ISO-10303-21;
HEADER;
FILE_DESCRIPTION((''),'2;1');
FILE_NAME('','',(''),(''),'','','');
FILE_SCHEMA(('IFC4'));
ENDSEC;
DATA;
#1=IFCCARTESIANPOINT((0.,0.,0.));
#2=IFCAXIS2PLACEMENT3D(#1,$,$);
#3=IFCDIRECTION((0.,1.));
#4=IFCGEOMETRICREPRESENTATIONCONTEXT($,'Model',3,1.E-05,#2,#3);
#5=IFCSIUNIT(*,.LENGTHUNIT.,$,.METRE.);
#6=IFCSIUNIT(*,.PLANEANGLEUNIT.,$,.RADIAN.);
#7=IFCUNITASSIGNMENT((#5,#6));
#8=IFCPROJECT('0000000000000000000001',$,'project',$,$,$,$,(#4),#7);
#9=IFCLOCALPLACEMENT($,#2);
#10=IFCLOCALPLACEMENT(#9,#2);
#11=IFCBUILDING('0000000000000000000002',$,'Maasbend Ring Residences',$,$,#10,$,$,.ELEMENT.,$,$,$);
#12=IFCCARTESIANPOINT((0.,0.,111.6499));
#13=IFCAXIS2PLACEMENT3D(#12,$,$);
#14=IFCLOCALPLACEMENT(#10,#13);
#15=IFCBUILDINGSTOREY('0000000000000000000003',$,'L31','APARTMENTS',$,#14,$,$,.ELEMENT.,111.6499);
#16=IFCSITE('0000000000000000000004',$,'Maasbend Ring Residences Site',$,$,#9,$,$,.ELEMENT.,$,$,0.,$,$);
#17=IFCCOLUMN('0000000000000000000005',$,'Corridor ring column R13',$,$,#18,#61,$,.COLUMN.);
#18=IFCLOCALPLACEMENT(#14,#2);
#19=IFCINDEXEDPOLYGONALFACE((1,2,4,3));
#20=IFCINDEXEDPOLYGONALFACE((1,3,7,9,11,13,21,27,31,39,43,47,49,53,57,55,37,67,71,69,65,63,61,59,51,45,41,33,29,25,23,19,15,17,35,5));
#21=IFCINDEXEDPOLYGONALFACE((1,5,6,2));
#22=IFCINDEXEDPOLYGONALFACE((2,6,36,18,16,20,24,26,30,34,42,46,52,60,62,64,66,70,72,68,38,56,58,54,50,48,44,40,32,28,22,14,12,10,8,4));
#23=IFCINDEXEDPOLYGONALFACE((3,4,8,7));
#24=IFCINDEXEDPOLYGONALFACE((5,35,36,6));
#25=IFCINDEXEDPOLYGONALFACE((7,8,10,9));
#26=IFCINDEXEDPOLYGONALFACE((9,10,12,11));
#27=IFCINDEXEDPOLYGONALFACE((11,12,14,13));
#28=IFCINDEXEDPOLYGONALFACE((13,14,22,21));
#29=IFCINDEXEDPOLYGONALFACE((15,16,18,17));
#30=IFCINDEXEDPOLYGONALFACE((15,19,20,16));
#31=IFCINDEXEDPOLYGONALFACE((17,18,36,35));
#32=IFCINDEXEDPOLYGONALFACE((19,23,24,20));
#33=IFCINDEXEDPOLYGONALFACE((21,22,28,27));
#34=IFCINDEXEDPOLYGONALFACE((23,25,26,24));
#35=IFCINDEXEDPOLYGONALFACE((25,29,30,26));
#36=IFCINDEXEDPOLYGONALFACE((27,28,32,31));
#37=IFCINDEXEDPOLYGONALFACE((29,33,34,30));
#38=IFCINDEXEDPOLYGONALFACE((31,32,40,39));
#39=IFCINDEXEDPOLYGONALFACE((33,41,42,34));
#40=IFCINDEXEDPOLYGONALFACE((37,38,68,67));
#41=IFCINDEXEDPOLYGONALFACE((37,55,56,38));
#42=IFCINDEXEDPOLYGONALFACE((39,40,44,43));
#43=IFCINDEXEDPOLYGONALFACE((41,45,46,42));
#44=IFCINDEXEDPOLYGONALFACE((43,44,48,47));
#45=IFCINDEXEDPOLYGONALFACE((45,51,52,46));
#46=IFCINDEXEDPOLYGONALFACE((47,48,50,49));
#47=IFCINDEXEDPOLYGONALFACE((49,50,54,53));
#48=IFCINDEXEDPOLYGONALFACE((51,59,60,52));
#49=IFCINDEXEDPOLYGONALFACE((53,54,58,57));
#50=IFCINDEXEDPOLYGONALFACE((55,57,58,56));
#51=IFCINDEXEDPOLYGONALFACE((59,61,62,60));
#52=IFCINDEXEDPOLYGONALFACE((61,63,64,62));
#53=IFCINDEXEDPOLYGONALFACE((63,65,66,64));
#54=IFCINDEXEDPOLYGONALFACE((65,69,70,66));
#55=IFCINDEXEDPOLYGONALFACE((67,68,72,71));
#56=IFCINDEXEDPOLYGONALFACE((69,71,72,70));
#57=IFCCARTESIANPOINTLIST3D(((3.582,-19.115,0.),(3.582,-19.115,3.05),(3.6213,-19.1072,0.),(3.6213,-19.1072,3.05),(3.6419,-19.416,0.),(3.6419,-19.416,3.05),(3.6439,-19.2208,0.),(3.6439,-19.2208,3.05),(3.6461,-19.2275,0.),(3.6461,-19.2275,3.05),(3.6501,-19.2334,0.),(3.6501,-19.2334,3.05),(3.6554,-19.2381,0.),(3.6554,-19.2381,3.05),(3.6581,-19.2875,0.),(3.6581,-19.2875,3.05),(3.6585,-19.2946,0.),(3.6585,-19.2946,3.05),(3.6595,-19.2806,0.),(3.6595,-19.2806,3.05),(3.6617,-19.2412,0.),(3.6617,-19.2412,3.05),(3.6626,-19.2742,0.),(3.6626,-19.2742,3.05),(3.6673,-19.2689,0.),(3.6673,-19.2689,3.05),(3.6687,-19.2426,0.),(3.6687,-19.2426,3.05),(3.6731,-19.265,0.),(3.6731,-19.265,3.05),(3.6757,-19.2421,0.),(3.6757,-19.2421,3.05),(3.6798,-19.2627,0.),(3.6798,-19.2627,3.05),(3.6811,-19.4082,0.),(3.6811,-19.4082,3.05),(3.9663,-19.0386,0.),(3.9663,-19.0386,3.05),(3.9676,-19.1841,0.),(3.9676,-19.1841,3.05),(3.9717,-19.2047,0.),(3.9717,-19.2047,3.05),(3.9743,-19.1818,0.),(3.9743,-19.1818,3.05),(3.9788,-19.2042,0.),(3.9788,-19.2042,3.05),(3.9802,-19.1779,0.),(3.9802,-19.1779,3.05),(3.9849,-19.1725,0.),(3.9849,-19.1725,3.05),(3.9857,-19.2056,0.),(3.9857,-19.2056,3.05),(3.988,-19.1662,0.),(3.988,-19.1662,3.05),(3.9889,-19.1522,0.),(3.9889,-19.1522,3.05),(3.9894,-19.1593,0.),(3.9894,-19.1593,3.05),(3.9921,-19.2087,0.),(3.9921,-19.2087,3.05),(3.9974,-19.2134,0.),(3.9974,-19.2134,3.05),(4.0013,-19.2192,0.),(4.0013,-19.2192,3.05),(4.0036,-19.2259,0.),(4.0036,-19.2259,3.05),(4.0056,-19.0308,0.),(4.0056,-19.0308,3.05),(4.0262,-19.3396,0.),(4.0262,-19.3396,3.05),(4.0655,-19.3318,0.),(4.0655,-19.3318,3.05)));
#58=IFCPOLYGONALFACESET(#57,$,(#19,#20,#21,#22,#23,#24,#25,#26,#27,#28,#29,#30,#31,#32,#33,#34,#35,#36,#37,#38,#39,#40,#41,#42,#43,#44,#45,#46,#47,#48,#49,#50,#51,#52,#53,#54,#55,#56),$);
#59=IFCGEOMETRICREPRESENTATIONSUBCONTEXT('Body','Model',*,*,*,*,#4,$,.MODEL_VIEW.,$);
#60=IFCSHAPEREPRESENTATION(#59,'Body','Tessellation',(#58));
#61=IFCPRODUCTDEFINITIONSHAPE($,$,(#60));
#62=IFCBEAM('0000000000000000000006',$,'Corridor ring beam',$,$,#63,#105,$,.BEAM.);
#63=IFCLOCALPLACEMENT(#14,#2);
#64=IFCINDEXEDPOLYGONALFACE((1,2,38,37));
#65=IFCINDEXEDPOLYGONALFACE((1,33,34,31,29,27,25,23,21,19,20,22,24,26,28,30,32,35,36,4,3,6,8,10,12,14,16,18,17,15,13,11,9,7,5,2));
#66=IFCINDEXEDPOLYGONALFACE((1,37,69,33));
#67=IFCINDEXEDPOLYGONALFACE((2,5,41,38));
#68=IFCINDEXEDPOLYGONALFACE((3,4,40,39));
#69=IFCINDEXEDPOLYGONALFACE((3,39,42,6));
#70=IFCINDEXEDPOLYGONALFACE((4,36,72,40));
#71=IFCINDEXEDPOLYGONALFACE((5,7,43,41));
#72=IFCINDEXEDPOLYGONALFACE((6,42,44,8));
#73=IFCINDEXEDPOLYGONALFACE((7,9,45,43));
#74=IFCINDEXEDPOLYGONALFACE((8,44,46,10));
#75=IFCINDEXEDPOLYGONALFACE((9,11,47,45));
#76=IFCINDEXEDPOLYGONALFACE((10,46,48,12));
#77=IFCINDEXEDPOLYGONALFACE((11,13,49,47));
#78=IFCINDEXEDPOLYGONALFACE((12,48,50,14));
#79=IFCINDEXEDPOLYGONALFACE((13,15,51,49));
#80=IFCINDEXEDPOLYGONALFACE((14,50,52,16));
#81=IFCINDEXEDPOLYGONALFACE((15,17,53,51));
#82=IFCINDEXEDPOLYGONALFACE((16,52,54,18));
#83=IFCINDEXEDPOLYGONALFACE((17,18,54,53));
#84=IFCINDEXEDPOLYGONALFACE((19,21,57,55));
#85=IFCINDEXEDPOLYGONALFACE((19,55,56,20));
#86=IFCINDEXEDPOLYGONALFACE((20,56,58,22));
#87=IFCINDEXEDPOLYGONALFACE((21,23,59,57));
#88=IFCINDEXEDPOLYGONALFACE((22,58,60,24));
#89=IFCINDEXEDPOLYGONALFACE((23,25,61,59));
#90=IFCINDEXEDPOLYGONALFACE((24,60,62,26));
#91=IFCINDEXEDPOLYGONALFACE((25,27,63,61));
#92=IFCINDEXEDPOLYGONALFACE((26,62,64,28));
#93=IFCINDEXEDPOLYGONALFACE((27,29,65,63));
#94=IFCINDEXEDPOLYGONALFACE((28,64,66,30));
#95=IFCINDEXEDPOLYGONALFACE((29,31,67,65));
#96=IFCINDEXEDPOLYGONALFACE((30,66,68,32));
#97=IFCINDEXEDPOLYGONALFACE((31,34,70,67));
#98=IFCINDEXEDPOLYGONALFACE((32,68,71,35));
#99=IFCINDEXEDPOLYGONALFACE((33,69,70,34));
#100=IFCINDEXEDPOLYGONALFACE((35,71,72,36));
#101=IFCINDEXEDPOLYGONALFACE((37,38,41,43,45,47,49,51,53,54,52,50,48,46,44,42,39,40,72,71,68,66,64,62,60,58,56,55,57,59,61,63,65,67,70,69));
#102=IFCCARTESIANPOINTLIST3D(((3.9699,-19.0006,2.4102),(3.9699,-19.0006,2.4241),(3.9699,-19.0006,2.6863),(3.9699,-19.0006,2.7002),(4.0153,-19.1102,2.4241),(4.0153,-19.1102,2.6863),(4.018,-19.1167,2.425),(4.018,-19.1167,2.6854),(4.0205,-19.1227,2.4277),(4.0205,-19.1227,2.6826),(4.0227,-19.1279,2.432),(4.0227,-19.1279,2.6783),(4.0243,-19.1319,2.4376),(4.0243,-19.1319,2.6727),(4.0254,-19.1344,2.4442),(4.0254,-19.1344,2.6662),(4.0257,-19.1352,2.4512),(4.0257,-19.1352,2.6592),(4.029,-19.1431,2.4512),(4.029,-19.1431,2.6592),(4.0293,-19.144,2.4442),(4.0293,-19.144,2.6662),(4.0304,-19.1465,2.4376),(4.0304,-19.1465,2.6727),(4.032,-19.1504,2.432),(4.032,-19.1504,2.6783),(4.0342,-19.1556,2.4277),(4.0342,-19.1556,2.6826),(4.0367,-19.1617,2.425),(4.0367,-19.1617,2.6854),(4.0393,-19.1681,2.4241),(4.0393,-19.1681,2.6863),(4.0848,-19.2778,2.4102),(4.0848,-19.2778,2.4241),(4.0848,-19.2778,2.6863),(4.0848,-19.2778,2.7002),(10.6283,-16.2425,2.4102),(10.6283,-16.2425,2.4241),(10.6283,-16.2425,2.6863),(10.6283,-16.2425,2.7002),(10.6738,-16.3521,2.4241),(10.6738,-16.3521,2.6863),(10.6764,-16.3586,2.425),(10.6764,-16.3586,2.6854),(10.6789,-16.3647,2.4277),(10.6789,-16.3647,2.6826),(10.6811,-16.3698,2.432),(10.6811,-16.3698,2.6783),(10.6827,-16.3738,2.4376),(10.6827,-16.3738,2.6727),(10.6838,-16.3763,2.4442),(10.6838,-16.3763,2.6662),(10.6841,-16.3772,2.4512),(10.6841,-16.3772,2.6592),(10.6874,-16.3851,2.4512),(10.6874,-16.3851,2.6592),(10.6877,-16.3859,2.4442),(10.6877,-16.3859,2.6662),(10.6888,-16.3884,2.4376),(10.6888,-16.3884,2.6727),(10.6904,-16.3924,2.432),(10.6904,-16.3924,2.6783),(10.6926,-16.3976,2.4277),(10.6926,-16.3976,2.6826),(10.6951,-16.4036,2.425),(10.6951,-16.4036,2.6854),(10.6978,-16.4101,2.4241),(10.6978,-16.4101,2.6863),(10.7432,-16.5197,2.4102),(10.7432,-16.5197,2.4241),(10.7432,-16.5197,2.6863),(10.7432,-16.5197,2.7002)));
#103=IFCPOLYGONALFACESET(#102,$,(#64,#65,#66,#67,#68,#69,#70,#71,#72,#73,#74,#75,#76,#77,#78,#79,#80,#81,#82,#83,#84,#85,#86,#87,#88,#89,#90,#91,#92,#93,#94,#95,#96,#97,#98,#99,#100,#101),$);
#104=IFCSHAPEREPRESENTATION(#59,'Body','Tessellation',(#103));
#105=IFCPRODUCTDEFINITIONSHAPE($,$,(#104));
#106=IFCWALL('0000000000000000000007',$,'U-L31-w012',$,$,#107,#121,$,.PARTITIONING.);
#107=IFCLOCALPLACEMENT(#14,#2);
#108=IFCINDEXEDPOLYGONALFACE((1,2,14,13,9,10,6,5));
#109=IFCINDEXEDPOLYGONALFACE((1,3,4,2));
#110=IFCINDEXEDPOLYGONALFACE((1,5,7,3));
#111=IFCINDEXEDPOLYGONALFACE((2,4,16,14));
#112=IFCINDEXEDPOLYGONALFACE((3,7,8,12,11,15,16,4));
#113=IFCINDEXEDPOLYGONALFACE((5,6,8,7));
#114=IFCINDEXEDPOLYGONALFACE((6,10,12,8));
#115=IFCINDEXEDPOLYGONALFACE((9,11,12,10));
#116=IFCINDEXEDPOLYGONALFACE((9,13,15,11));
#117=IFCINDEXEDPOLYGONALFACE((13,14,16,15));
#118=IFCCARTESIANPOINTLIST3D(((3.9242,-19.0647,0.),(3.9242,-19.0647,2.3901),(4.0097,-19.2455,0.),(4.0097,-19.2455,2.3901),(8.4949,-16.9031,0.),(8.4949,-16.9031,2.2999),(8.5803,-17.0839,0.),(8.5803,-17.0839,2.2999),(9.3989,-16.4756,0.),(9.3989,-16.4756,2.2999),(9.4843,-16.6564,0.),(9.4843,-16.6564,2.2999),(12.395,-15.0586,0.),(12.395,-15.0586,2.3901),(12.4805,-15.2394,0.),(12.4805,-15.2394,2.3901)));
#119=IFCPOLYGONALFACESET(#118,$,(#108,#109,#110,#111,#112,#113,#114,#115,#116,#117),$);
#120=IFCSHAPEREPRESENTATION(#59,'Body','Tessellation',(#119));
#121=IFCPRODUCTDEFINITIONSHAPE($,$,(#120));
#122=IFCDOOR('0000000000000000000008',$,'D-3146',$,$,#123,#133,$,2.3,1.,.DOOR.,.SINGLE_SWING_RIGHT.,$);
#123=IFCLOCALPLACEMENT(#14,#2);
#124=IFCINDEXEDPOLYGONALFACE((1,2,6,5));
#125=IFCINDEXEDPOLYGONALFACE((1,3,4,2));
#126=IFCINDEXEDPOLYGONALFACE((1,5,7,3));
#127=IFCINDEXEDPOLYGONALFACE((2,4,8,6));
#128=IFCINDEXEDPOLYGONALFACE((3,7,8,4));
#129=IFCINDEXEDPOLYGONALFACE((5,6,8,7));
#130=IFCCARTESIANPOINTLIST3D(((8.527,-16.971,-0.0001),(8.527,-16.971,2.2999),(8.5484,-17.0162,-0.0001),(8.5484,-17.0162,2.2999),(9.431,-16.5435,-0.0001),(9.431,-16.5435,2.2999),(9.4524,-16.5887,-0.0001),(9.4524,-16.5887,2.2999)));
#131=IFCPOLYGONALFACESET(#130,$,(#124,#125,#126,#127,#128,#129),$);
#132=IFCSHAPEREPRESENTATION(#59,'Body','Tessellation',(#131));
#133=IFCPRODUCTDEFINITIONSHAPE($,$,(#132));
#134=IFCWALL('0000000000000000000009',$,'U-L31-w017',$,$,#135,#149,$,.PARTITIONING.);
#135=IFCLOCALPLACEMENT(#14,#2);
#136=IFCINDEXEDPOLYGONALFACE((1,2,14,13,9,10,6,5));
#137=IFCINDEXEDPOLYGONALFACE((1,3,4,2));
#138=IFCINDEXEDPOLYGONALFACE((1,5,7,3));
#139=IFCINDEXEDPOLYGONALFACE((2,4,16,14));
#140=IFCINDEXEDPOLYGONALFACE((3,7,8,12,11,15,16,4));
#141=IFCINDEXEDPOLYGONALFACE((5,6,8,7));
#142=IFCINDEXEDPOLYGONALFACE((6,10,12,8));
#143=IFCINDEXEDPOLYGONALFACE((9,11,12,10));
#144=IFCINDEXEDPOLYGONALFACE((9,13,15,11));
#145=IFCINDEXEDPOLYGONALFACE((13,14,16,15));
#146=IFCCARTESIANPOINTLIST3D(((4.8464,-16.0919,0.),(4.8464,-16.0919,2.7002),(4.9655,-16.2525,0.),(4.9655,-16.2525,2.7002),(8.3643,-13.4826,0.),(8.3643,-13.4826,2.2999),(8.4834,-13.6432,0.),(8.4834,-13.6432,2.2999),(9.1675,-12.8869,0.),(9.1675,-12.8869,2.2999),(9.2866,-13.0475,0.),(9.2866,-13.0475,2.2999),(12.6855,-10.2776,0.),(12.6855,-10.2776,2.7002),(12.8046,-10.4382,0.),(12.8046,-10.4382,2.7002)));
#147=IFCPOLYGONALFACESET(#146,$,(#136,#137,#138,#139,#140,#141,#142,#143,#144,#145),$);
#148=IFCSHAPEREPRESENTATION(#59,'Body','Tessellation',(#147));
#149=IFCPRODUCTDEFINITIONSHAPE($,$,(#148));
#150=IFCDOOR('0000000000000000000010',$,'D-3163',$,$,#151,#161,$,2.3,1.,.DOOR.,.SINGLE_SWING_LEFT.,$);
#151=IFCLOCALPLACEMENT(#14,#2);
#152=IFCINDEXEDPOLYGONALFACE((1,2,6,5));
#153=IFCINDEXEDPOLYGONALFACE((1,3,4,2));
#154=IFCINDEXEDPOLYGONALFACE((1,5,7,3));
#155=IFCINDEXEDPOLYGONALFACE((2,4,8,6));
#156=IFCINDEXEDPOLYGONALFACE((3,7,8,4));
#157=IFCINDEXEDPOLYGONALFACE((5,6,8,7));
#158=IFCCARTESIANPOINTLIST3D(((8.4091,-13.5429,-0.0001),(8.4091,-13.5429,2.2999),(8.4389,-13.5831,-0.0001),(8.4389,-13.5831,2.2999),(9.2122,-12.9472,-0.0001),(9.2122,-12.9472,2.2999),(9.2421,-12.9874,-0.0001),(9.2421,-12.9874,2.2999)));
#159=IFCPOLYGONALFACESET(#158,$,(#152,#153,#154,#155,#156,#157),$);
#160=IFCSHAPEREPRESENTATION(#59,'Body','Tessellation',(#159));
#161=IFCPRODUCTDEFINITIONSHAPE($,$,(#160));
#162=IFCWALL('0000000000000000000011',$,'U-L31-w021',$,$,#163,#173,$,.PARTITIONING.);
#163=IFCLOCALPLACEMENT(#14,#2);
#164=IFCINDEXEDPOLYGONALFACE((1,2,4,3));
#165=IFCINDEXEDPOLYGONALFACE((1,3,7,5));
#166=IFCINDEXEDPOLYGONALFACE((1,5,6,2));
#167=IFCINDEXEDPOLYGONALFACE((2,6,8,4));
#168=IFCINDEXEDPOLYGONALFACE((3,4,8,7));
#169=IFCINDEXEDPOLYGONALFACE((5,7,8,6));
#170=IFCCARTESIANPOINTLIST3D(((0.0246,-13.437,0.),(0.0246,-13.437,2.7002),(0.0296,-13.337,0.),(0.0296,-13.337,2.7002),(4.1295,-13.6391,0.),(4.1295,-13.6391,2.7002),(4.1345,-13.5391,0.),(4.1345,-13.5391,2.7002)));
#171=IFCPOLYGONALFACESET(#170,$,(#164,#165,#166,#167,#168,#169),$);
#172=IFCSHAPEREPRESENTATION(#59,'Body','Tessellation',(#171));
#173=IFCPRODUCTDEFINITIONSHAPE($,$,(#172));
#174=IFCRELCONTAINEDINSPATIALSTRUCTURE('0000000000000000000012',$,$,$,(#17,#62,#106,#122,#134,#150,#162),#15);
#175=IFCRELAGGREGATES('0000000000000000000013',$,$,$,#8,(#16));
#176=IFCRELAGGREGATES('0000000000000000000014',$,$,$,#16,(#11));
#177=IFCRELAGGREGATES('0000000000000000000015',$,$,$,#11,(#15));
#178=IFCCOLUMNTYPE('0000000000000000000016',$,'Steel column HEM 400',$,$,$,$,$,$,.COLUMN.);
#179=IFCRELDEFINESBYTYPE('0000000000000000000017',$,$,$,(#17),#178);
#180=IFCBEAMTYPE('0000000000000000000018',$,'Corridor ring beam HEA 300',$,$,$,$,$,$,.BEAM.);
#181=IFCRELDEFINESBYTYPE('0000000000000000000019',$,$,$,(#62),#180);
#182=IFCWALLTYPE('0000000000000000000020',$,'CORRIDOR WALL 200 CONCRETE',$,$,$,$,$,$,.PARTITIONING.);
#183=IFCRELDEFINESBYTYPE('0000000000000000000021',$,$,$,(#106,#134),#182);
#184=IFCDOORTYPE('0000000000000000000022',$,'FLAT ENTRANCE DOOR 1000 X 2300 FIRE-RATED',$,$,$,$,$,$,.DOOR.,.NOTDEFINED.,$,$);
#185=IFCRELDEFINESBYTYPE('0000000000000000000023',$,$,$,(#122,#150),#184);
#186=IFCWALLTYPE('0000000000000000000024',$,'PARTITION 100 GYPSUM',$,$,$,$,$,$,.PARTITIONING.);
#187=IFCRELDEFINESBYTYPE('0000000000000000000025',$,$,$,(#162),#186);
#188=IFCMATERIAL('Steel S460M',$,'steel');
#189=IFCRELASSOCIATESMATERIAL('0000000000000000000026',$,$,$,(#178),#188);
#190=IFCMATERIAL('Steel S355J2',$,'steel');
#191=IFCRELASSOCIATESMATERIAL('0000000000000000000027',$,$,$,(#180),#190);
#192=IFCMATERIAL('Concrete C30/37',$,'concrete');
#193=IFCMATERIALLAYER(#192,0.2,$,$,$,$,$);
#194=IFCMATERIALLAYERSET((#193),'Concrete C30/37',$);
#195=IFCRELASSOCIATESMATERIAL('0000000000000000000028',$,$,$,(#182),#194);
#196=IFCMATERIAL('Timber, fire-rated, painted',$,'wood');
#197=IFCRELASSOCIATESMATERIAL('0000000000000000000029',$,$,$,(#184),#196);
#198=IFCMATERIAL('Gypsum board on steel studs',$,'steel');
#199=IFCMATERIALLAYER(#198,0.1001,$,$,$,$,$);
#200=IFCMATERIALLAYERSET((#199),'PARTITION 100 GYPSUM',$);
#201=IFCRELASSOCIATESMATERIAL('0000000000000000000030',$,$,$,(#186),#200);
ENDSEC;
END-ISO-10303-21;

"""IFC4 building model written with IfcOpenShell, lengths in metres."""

from ifc_helpers import new_model, si_unit, direction, frame, frame_2d, origin, origin_2d, place, context, subcontext, project, spatial, rectangle, i_section, extrude, material, layer, layer_set, material_profile, profile_set, type_object, element, fill, save


model = new_model("IFC4")

# Units and contexts
model_context = context("Model", 3, precision=1e-05, world=origin(), true_north=direction((0.0, 1.0)))
body_context = subcontext(model_context, "Body", "Model", "MODEL_VIEW")
ifc_project = project(units=[si_unit("LENGTHUNIT", "METRE"), si_unit("PLANEANGLEUNIT", "RADIAN")], contexts=[model_context])

# Site, building, storey
site_placement = place(None, origin())
site = spatial("IfcSite", under=ifc_project, at=site_placement, Name="Maasbend Ring Residences Site", CompositionType="ELEMENT", RefElevation=0.0)
building_placement = place(site_placement, origin())
building = spatial("IfcBuilding", under=site, at=building_placement, Name="Maasbend Ring Residences", CompositionType="ELEMENT")
storey_placement = place(building_placement, frame((0.0, 0.0, 111.6499)))
storey = spatial("IfcBuildingStorey", under=building, at=storey_placement, Name="L31", Description="APARTMENTS", CompositionType="ELEMENT", Elevation=111.6499)

# Column
ifc_material_1 = material(Name="Steel S460M", Category="steel")
ifc_material_profile_1 = material_profile(ifc_material_1, i_section(OverallWidth=0.3069, OverallDepth=0.4319, WebThickness=0.021, FlangeThickness=0.04, FilletRadius=0.0271, at=origin_2d()), Name="HEM 400")
ifc_profile_set_1 = profile_set([ifc_material_profile_1], Name="Steel S460M")
column_type = type_object("IfcColumnType", Name="Steel column HEM 400", PredefinedType="COLUMN", material=ifc_profile_set_1)
column_placement = place(storey_placement, frame((3.8237, -19.2234, 0.0), z_axis=(0.0, 0.0, 1.0), x_axis=(0.19509, -0.980785, 0.0)))
element("IfcColumn", 1, at=column_placement, inside=storey, type_object=column_type, Name="Corridor ring column R13", PredefinedType="COLUMN", context=body_context, shape_type="SweptSolid", body=[
    extrude(i_section(OverallWidth=0.3069, OverallDepth=0.4319, WebThickness=0.021, FlangeThickness=0.04, FilletRadius=0.0271, at=origin_2d()), origin(), (0.0, 0.0, 1.0), 3.05),
])

# Beam
ifc_material_2 = material(Name="Steel S355J2", Category="steel")
ifc_material_profile_2 = material_profile(ifc_material_2, i_section(OverallWidth=0.3, OverallDepth=0.29, WebThickness=0.0085, FlangeThickness=0.0139, FilletRadius=0.0271, at=origin_2d()), Name="HEA 300")
ifc_profile_set_2 = profile_set([ifc_material_profile_2], Name="Steel S355J2")
beam_type = type_object("IfcBeamType", Name="Corridor ring beam HEA 300", PredefinedType="BEAM", material=ifc_profile_set_2)
beam_placement = place(storey_placement, frame((4.0273, -19.1392, 2.5552), z_axis=(0.923878, 0.382688, 0.0), x_axis=(-0.382688, 0.923878, 0.0)))
element("IfcBeam", 2, at=beam_placement, inside=storey, type_object=beam_type, Name="Corridor ring beam", PredefinedType="BEAM", context=body_context, shape_type="SweptSolid", body=[
    extrude(i_section(OverallWidth=0.3, OverallDepth=0.29, WebThickness=0.0085, FlangeThickness=0.0139, FilletRadius=0.0271, at=origin_2d()), origin(), (0.0, 0.0, 1.0), 7.207),
])

# Walls, openings, doors
ifc_material_3 = material(Name="Concrete C30/37", Category="concrete")
ifc_layer_1 = layer(ifc_material_3, 0.2)
ifc_layer_set_1 = layer_set([ifc_layer_1], Name="Concrete C30/37")
wall_type_1 = type_object("IfcWallType", Name="CORRIDOR WALL 200 CONCRETE", PredefinedType="PARTITIONING", material=ifc_layer_set_1)
wall_1_placement = place(storey_placement, frame((3.967, -19.155, 0.0), z_axis=(0.0, 0.0, 1.0), x_axis=(0.904004, 0.427524, 0.0)))
wall_1 = element("IfcWall", 3, at=wall_1_placement, inside=storey, type_object=wall_type_1, Name="U-L31-w012", PredefinedType="PARTITIONING", context=body_context, shape_type="SweptSolid", body=[
    extrude(rectangle(XDim=9.3704, YDim=0.2, at=frame_2d((4.6851, 0.0))), origin(), (0.0, 0.0, 1.0), 2.3901),
])
opening_1_placement = place(wall_1_placement, frame((5.0559, 0.0, 0.0)))
opening_1 = element("IfcOpeningElement", 4, at=opening_1_placement, cuts=wall_1, PredefinedType="OPENING", context=body_context, shape_type="SweptSolid", body=[
    extrude(rectangle(XDim=1.0, YDim=2.3, at=frame_2d((0.5, 1.1499))), frame((0.0, 0.1099, 0.0), z_axis=(0.0, -1.0, 0.0), x_axis=(1.0, 0.0, 0.0)), (0.0, 0.0, 1.0), 0.22),
])
ifc_material_4 = material(Name="Timber, fire-rated, painted", Category="wood")
door_type_1 = type_object("IfcDoorType", Name="FLAT ENTRANCE DOOR 1000 X 2300 FIRE-RATED", OperationType="NOTDEFINED", PredefinedType="DOOR", material=ifc_material_4)
door_1_placement = place(opening_1_placement, origin())
door_1 = element("IfcDoor", 5, at=door_1_placement, inside=storey, type_object=door_type_1, Name="D-3146", OperationType="SINGLE_SWING_RIGHT", OverallHeight=2.3, OverallWidth=1.0, PredefinedType="DOOR", context=body_context, shape_type="SweptSolid", body=[
    extrude(rectangle(XDim=1.0, YDim=2.3, at=frame_2d((0.5, 1.1499))), frame((0.0, 0.0249, 0.0), z_axis=(0.0, -1.0, 0.0), x_axis=(1.0, 0.0, 0.0)), (0.0, 0.0, 1.0), 0.05),
])
fill(opening_1, door_1)
wall_2_placement = place(storey_placement, frame((4.906, -16.1721, 0.0), z_axis=(0.0, 0.0, 1.0), x_axis=(0.803191, 0.595721, 0.0)))
wall_2 = element("IfcWall", 6, at=wall_2_placement, inside=storey, type_object=wall_type_1, Name="U-L31-w017", PredefinedType="PARTITIONING", context=body_context, shape_type="SweptSolid", body=[
    extrude(rectangle(XDim=9.76, YDim=0.2, at=frame_2d((4.8799, 0.0))), origin(), (0.0, 0.0, 1.0), 2.7002),
])
opening_2_placement = place(wall_2_placement, frame((4.3799, 0.0, 0.0)))
opening_2 = element("IfcOpeningElement", 7, at=opening_2_placement, cuts=wall_2, PredefinedType="OPENING", context=body_context, shape_type="SweptSolid", body=[
    extrude(rectangle(XDim=1.0, YDim=2.3, at=frame_2d((0.5, 1.1499))), frame((0.0, 0.1099, 0.0), z_axis=(0.0, -1.0, 0.0), x_axis=(1.0, 0.0, 0.0)), (0.0, 0.0, 1.0), 0.22),
])
door_2_placement = place(opening_2_placement, origin())
door_2 = element("IfcDoor", 8, at=door_2_placement, inside=storey, type_object=door_type_1, Name="D-3163", OperationType="SINGLE_SWING_LEFT", OverallHeight=2.3, OverallWidth=1.0, PredefinedType="DOOR", context=body_context, shape_type="SweptSolid", body=[
    extrude(rectangle(XDim=1.0, YDim=2.3, at=frame_2d((0.5, 1.1499))), frame((0.0, 0.0249, 0.0), z_axis=(0.0, -1.0, 0.0), x_axis=(1.0, 0.0, 0.0)), (0.0, 0.0, 1.0), 0.05),
])
fill(opening_2, door_2)

# Wall
ifc_material_5 = material(Name="Gypsum board on steel studs", Category="steel")
ifc_layer_2 = layer(ifc_material_5, 0.1001)
ifc_layer_set_2 = layer_set([ifc_layer_2], Name="PARTITION 100 GYPSUM")
wall_type_2 = type_object("IfcWallType", Name="PARTITION 100 GYPSUM", PredefinedType="PARTITIONING", material=ifc_layer_set_2)
wall_3_placement = place(storey_placement, frame((0.0271, -13.387, 0.0), z_axis=(0.0, 0.0, 1.0), x_axis=(0.99879, -0.049185, 0.0)))
element("IfcWall", 9, at=wall_3_placement, inside=storey, type_object=wall_type_2, Name="U-L31-w021", PredefinedType="PARTITIONING", context=body_context, shape_type="SweptSolid", body=[
    extrude(rectangle(XDim=4.1099, YDim=0.1001, at=frame_2d((2.0549, 0.0))), origin(), (0.0, 0.0, 1.0), 2.7002),
])

save(model, "model.ifc")
